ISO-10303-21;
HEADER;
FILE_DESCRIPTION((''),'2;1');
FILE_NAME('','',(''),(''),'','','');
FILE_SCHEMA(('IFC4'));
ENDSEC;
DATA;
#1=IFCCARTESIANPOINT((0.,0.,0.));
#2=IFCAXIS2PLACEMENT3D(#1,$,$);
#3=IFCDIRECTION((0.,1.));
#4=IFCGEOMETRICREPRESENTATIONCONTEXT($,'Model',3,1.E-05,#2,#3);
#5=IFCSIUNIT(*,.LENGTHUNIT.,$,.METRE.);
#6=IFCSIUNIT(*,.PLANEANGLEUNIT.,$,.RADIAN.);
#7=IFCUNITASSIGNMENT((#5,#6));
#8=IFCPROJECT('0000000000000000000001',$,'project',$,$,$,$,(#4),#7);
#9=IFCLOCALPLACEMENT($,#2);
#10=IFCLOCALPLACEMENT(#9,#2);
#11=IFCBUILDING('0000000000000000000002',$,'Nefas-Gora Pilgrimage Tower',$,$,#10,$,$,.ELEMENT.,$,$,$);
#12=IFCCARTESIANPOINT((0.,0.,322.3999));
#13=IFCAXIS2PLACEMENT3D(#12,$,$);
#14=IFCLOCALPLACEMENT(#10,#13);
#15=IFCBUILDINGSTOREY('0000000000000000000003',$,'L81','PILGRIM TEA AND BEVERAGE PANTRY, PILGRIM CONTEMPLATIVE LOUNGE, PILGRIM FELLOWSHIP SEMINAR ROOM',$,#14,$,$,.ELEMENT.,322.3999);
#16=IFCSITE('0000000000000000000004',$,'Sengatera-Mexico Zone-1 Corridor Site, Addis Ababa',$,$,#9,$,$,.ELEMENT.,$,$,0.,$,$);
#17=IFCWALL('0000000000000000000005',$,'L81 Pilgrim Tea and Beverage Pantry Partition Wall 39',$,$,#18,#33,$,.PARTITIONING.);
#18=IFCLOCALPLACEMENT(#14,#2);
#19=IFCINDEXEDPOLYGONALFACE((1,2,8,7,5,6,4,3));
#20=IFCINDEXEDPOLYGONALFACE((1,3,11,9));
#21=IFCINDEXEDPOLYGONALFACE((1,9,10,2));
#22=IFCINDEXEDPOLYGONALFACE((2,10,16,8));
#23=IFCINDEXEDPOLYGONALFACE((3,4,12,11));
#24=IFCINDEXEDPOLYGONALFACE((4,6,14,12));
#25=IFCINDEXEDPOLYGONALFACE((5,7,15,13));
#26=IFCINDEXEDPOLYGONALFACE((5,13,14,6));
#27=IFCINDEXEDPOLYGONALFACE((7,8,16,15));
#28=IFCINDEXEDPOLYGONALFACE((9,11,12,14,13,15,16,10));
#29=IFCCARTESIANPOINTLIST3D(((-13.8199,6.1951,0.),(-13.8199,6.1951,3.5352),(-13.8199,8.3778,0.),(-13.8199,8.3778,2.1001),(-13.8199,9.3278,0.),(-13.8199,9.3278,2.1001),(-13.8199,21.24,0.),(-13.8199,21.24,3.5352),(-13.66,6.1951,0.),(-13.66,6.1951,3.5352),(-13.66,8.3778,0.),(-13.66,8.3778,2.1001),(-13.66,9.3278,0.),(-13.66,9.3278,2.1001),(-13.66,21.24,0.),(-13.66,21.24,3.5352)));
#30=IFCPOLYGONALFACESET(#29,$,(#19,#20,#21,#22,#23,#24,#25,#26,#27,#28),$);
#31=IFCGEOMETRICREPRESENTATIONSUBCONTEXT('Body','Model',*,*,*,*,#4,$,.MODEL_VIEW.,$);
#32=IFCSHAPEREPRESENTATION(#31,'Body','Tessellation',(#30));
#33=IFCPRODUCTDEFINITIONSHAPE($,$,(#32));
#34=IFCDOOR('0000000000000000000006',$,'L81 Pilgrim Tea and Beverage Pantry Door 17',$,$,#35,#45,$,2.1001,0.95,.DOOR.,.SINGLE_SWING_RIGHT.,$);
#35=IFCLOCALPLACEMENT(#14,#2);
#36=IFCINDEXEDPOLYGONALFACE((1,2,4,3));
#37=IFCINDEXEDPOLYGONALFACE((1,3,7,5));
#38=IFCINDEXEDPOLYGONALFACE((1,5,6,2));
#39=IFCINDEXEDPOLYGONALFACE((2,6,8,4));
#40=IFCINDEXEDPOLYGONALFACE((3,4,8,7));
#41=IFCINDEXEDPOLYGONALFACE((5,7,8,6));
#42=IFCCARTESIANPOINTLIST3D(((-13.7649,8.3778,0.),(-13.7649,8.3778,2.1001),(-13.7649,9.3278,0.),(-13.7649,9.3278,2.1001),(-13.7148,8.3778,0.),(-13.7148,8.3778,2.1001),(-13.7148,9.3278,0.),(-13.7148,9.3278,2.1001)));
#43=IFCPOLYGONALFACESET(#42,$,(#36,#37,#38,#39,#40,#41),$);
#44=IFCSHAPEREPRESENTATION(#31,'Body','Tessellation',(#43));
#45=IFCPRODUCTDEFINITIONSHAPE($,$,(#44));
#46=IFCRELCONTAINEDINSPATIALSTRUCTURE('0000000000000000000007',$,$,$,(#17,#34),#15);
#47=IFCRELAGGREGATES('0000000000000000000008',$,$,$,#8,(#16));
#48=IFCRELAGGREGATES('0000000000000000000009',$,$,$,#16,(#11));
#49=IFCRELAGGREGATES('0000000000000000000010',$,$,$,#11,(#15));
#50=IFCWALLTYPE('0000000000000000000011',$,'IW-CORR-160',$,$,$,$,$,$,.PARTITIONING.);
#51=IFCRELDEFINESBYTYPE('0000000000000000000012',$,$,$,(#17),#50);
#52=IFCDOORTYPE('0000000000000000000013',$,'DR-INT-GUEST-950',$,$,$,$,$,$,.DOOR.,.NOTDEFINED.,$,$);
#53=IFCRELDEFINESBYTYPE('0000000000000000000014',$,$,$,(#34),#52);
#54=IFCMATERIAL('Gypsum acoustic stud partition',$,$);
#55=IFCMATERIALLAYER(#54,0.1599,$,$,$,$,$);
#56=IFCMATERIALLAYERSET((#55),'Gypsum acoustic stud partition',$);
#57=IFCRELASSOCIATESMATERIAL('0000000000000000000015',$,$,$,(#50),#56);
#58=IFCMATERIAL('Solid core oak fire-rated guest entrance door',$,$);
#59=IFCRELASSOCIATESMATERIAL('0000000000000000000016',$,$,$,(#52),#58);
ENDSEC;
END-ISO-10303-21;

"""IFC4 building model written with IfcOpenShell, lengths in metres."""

from ifc_helpers import new_model, si_unit, direction, frame, frame_2d, origin, place, context, subcontext, project, spatial, rectangle, extrude, source, transform, mapped, material, layer, layer_set, type_object, element, fill, save


model = new_model("IFC4")

# Units and contexts
model_context = context("Model", 3, precision=1e-05, world=origin(), true_north=direction((0.0, 1.0)))
body_context = subcontext(model_context, "Body", "Model", "MODEL_VIEW")
ifc_project = project(units=[si_unit("LENGTHUNIT", "METRE"), si_unit("PLANEANGLEUNIT", "RADIAN")], contexts=[model_context])

# Site, building, storey
site_placement = place(None, origin())
site = spatial("IfcSite", under=ifc_project, at=site_placement, Name="Sengatera-Mexico Zone-1 Corridor Site, Addis Ababa", CompositionType="ELEMENT", RefElevation=0.0)
building_placement = place(site_placement, origin())
building = spatial("IfcBuilding", under=site, at=building_placement, Name="Nefas-Gora Pilgrimage Tower", CompositionType="ELEMENT")
storey_placement = place(building_placement, frame((0.0, 0.0, 322.3999)))
storey = spatial("IfcBuildingStorey", under=building, at=storey_placement, Name="L81", Description="PILGRIM TEA AND BEVERAGE PANTRY, PILGRIM CONTEMPLATIVE LOUNGE, PILGRIM FELLOWSHIP SEMINAR ROOM", CompositionType="ELEMENT", Elevation=322.3999)

# Wall, opening, door
ifc_material_1 = material(Name="Gypsum acoustic stud partition")
ifc_layer_1 = layer(ifc_material_1, 0.1599)
ifc_layer_set_1 = layer_set([ifc_layer_1], Name="Gypsum acoustic stud partition")
wall_type_1 = type_object("IfcWallType", Name="IW-CORR-160", PredefinedType="PARTITIONING", material=ifc_layer_set_1)
shared_shape_1 = source(origin(), body_context, "Body", "SweptSolid", [
    extrude(rectangle(XDim=15.0449, YDim=0.1599, at=frame_2d((7.5225, 0.0))), origin(), (0.0, 0.0, 1.0), 3.5352),
])
wall_1_placement = place(storey_placement, frame((-13.74, 6.1951, 0.0), z_axis=(0.0, 0.0, 1.0), x_axis=(0.0, 1.0, 0.0)))
wall_1 = element("IfcWall", 1, at=wall_1_placement, inside=storey, type_object=wall_type_1, Name="L81 Pilgrim Tea and Beverage Pantry Partition Wall 39", PredefinedType="PARTITIONING", context=body_context, shape_type="MappedRepresentation", body=[
    mapped(shared_shape_1, transform((0.0, 0.0, 0.0), x_axis=(1.0, 0.0, 0.0), y_axis=(0.0, 1.0, 0.0), z_axis=(0.0, 0.0, 1.0), scale=1.0)),
])
opening_placement = place(wall_1_placement, frame((2.1826, 0.0, 0.0)))
opening = element("IfcOpeningElement", 2, at=opening_placement, cuts=wall_1, PredefinedType="OPENING", context=body_context, shape_type="SweptSolid", body=[
    extrude(rectangle(XDim=0.95, YDim=2.1001, at=frame_2d((0.4751, 1.05))), frame((0.0, 0.0898, 0.0), z_axis=(0.0, -1.0, 0.0), x_axis=(1.0, 0.0, 0.0)), (0.0, 0.0, 1.0), 0.1799),
])
ifc_material_2 = material(Name="Solid core oak fire-rated guest entrance door")
door_type = type_object("IfcDoorType", Name="DR-INT-GUEST-950", OperationType="NOTDEFINED", PredefinedType="DOOR", material=ifc_material_2)
shared_shape_2 = source(origin(), body_context, "Body", "SweptSolid", [
    extrude(rectangle(XDim=0.95, YDim=2.1001, at=frame_2d((0.4751, 1.05))), frame((0.0, 0.0249, 0.0), z_axis=(0.0, -1.0, 0.0), x_axis=(1.0, 0.0, 0.0)), (0.0, 0.0, 1.0), 0.05),
])
door_placement = place(opening_placement, origin())
door = element("IfcDoor", 3, at=door_placement, inside=storey, type_object=door_type, Name="L81 Pilgrim Tea and Beverage Pantry Door 17", OperationType="SINGLE_SWING_RIGHT", OverallHeight=2.1001, OverallWidth=0.95, PredefinedType="DOOR", context=body_context, shape_type="MappedRepresentation", body=[
    mapped(shared_shape_2, transform((0.0, 0.0, 0.0), x_axis=(1.0, 0.0, 0.0), y_axis=(0.0, 1.0, 0.0), z_axis=(0.0, 0.0, 1.0), scale=1.0)),
])
fill(opening, door)

save(model, "model.ifc")
